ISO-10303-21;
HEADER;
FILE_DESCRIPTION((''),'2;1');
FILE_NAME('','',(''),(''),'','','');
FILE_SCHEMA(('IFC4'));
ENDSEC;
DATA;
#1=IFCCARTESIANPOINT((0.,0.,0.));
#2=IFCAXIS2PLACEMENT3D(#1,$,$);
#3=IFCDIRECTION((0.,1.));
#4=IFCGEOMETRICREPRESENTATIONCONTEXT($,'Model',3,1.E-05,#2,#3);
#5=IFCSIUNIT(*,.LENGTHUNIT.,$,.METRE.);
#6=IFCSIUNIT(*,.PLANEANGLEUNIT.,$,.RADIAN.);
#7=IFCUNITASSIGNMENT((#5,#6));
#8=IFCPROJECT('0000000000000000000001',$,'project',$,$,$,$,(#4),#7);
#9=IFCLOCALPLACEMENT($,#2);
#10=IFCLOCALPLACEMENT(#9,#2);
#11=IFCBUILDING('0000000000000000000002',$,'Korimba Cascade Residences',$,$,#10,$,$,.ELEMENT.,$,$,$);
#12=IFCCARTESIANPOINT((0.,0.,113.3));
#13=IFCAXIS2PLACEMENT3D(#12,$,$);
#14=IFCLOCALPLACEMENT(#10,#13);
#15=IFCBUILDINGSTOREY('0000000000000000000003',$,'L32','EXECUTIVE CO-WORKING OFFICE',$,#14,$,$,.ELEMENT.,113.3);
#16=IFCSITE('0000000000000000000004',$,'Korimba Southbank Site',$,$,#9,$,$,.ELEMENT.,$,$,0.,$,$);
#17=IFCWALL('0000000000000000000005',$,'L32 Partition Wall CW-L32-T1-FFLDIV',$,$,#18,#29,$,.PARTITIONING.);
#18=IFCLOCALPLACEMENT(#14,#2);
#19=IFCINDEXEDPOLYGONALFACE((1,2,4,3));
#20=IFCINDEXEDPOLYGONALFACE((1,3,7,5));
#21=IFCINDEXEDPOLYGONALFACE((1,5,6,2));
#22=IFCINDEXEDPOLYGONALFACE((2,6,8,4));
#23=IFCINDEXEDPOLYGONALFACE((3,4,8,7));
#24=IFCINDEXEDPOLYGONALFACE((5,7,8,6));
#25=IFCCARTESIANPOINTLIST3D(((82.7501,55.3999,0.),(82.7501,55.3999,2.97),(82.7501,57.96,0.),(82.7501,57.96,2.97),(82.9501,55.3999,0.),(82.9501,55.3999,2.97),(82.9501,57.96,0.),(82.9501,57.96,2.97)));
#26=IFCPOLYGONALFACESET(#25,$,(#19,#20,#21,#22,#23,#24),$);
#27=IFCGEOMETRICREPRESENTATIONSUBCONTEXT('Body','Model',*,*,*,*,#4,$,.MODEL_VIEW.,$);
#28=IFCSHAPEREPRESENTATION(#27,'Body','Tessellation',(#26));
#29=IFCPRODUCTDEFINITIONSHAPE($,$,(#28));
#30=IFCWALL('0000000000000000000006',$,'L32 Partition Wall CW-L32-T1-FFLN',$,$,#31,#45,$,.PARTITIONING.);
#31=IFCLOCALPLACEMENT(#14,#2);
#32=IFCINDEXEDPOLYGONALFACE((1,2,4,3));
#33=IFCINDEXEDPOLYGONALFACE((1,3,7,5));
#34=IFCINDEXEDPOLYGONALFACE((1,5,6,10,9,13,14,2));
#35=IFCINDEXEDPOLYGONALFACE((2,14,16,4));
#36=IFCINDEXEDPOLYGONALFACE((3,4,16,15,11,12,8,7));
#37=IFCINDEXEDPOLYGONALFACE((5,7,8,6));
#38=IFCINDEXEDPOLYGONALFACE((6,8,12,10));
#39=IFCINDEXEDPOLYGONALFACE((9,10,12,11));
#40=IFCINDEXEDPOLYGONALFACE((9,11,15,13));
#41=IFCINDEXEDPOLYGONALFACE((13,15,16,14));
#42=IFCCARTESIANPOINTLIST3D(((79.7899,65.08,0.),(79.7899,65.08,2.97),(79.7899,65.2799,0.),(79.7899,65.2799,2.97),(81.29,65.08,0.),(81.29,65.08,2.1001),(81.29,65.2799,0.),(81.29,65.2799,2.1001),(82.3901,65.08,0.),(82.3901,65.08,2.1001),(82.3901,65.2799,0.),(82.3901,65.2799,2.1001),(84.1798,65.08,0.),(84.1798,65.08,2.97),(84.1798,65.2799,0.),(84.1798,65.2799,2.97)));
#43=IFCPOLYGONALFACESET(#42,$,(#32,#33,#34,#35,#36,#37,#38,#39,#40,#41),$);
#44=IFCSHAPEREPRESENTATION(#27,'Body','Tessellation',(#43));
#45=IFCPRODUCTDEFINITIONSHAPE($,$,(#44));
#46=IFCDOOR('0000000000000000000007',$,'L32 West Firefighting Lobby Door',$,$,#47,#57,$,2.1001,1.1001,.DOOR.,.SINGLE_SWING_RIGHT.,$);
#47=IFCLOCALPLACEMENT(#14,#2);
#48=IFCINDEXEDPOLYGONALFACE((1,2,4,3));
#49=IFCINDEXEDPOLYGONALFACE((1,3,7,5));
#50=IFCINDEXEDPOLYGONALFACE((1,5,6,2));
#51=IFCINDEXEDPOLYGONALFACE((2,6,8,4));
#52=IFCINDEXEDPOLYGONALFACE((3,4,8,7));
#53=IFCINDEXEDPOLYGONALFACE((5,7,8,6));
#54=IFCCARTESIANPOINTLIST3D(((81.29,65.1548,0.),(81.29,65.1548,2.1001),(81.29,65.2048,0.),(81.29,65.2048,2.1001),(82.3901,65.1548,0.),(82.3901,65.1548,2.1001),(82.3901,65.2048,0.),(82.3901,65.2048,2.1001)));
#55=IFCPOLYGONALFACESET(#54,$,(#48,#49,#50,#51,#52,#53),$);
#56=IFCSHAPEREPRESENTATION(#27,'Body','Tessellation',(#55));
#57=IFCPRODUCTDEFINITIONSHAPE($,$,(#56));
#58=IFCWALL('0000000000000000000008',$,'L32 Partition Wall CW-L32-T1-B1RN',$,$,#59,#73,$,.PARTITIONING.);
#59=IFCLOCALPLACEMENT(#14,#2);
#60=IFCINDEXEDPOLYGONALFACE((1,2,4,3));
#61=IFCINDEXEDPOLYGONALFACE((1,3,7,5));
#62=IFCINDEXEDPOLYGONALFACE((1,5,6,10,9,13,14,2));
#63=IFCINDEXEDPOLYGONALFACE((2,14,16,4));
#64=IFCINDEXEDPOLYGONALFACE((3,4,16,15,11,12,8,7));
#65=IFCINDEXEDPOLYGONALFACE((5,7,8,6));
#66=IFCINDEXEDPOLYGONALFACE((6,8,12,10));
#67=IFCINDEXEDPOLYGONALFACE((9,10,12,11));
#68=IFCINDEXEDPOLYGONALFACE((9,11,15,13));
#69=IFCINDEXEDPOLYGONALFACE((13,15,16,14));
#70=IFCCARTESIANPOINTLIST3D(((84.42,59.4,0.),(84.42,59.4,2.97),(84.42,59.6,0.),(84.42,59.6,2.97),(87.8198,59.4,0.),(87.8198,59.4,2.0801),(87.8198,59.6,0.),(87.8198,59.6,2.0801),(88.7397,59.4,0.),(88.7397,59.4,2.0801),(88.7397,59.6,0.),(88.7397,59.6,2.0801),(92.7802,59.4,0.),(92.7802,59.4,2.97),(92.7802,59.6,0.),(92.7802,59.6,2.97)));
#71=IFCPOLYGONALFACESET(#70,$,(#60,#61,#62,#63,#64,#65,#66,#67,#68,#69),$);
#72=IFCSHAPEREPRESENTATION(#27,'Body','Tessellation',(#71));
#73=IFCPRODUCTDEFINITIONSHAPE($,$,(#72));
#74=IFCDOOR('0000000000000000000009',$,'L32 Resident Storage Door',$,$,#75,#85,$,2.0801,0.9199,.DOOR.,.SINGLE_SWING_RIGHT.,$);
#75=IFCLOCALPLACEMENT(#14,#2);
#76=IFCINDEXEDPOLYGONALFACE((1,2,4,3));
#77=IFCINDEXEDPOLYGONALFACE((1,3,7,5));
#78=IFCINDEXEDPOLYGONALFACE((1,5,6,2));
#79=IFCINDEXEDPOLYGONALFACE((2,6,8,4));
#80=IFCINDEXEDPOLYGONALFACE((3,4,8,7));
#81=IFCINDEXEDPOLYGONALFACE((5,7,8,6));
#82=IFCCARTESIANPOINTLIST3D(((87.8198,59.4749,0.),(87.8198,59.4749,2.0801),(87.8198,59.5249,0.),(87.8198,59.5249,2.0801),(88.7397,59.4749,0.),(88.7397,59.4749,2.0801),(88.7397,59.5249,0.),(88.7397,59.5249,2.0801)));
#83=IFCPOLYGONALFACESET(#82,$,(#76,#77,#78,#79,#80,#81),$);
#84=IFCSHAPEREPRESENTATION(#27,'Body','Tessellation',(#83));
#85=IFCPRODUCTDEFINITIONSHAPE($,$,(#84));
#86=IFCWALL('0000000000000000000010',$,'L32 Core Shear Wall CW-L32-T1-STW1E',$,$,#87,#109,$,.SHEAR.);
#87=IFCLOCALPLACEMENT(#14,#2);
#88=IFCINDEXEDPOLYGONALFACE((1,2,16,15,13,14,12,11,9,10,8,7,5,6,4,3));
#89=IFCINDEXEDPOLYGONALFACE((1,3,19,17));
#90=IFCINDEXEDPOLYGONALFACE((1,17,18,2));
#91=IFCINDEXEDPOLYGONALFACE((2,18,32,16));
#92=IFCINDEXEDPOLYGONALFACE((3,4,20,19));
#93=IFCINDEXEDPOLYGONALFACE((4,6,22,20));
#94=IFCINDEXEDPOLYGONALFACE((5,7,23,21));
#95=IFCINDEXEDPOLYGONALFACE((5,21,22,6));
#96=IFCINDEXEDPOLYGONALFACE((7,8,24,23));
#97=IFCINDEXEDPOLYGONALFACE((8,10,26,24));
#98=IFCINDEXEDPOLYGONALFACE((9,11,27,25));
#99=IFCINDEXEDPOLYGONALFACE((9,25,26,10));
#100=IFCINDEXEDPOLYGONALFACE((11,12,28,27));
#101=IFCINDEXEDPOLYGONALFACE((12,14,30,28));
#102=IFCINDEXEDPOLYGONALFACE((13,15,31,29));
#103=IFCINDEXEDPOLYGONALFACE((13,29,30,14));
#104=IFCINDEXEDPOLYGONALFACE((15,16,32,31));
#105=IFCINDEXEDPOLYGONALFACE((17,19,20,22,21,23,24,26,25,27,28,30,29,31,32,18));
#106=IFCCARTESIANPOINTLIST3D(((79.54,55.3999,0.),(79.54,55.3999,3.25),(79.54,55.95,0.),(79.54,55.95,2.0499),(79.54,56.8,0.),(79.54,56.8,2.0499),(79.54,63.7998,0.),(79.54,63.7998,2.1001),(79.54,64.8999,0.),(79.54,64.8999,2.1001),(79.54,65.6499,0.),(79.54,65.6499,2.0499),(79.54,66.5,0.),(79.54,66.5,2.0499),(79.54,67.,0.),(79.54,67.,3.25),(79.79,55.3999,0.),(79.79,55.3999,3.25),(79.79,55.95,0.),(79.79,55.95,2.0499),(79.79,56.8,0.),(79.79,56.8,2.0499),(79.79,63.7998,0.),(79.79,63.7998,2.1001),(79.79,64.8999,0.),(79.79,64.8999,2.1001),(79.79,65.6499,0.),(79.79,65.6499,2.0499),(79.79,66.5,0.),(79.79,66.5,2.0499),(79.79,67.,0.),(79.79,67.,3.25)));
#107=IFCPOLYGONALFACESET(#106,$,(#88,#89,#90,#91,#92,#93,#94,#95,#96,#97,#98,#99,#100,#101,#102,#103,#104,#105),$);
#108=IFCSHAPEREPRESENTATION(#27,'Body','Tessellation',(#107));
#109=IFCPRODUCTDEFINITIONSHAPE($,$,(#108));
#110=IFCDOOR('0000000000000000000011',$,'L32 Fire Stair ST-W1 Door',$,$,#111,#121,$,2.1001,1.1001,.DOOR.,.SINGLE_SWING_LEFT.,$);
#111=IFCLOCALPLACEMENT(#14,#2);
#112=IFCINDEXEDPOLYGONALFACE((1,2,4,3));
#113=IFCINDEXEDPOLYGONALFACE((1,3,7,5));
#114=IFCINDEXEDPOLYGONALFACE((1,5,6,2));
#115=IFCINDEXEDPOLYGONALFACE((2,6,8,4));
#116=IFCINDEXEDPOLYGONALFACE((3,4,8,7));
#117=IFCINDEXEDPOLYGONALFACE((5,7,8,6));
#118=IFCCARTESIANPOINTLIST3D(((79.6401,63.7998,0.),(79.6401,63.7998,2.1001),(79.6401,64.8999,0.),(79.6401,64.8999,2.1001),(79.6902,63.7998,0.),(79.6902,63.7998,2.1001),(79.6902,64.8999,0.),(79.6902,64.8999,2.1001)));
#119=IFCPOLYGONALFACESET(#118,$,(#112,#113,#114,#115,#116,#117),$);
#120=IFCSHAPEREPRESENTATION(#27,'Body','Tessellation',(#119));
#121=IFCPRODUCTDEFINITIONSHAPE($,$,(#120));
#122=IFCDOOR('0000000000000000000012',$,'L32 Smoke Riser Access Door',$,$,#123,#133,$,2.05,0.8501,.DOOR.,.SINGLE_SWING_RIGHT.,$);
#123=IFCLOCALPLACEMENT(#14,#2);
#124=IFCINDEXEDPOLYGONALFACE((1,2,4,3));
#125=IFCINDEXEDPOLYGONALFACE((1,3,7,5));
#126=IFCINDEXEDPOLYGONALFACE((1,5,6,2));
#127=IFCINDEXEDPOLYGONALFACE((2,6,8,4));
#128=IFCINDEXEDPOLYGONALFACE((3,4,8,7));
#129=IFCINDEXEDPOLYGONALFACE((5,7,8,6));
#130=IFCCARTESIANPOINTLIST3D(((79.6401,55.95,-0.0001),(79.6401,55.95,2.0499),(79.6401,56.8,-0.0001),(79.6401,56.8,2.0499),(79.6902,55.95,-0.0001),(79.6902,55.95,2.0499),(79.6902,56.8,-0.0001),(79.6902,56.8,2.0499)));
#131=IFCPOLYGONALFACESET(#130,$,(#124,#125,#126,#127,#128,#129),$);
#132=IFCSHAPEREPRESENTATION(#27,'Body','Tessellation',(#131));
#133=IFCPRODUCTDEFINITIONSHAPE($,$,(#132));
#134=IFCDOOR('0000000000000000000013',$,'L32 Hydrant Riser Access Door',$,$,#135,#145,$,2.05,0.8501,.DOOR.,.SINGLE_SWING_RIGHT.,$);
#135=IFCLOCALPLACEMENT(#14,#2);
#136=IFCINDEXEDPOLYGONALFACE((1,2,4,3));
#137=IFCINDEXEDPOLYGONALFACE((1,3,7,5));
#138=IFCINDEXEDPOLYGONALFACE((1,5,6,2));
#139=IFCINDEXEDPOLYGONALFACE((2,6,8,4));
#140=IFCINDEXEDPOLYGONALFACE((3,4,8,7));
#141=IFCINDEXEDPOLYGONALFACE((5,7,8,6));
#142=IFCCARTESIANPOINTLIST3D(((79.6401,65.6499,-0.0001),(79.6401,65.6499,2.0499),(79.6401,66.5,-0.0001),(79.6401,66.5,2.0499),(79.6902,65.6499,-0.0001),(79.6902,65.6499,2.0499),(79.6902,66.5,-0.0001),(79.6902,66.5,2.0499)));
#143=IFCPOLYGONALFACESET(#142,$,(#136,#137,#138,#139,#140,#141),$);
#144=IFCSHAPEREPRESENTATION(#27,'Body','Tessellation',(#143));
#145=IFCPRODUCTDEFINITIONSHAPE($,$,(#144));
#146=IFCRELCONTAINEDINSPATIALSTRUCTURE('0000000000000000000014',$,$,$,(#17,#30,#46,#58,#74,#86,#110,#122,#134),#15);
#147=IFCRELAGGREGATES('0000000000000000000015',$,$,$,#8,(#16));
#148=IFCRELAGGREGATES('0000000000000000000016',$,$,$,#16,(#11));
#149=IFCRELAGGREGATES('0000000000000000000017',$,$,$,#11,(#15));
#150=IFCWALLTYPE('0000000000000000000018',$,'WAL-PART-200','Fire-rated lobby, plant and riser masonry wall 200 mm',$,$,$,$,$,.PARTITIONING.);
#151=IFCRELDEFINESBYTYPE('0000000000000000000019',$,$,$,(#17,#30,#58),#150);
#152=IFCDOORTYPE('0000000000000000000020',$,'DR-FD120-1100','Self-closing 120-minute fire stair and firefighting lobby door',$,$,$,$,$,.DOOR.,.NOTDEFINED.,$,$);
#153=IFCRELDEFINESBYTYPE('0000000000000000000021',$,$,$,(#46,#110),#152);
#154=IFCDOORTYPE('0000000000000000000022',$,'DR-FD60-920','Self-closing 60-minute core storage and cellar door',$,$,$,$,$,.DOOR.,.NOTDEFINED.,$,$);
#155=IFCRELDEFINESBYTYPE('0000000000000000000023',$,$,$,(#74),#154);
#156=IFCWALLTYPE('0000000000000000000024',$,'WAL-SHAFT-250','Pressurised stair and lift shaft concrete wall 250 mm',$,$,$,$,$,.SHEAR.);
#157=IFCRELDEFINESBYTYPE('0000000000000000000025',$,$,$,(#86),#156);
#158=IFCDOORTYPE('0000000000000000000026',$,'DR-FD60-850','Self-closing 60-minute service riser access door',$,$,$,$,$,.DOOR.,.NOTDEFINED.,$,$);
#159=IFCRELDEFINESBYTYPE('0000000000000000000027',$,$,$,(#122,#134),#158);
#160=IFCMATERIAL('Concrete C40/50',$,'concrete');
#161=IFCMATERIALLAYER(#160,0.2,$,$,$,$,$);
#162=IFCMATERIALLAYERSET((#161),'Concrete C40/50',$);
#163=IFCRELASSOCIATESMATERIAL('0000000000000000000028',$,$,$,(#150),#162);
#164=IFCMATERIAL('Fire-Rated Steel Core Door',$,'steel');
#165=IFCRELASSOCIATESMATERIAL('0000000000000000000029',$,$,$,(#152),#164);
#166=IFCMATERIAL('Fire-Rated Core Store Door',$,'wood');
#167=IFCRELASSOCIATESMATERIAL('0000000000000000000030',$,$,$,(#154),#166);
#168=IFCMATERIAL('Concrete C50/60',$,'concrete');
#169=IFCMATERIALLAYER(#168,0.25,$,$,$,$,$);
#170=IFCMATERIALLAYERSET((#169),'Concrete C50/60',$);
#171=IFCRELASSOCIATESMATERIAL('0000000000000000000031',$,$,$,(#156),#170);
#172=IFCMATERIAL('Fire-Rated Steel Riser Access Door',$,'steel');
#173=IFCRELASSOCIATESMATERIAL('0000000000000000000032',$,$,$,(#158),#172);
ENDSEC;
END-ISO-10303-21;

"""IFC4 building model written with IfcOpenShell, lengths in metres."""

from ifc_helpers import new_model, si_unit, direction, frame, frame_2d, origin, place, context, subcontext, project, spatial, rectangle, extrude, material, layer, layer_set, type_object, element, fill, save


model = new_model("IFC4")

# Units and contexts
model_context = context("Model", 3, precision=1e-05, world=origin(), true_north=direction((0.0, 1.0)))
body_context = subcontext(model_context, "Body", "Model", "MODEL_VIEW")
ifc_project = project(units=[si_unit("LENGTHUNIT", "METRE"), si_unit("PLANEANGLEUNIT", "RADIAN")], contexts=[model_context])

# Site, building, storey
site_placement = place(None, origin())
site = spatial("IfcSite", under=ifc_project, at=site_placement, Name="Korimba Southbank Site", CompositionType="ELEMENT", RefElevation=0.0)
building_placement = place(site_placement, origin())
building = spatial("IfcBuilding", under=site, at=building_placement, Name="Korimba Cascade Residences", CompositionType="ELEMENT")
storey_placement = place(building_placement, frame((0.0, 0.0, 113.3)))
storey = spatial("IfcBuildingStorey", under=building, at=storey_placement, Name="L32", Description="EXECUTIVE CO-WORKING OFFICE", CompositionType="ELEMENT", Elevation=113.3)

# Wall
ifc_material_1 = material(Name="Concrete C40/50", Category="concrete")
ifc_layer_1 = layer(ifc_material_1, 0.2)
ifc_layer_set_1 = layer_set([ifc_layer_1], Name="Concrete C40/50")
wall_type_1 = type_object("IfcWallType", Name="WAL-PART-200", Description="Fire-rated lobby, plant and riser masonry wall 200 mm", PredefinedType="PARTITIONING", material=ifc_layer_set_1)
wall_1_placement = place(storey_placement, frame((82.8501, 55.3999, 0.0), z_axis=(0.0, 0.0, 1.0), x_axis=(0.0, 1.0, 0.0)))
element("IfcWall", 1, at=wall_1_placement, inside=storey, type_object=wall_type_1, Name="L32 Partition Wall CW-L32-T1-FFLDIV", PredefinedType="PARTITIONING", context=body_context, shape_type="SweptSolid", body=[
    extrude(rectangle(XDim=2.5601, YDim=0.2, at=frame_2d((1.28, 0.0))), origin(), (0.0, 0.0, 1.0), 2.97),
])

# Walls, openings, doors
wall_2_placement = place(storey_placement, frame((79.79, 65.1799, 0.0), z_axis=(0.0, 0.0, 1.0), x_axis=(1.0, 0.0, 0.0)))
wall_2 = element("IfcWall", 2, at=wall_2_placement, inside=storey, type_object=wall_type_1, Name="L32 Partition Wall CW-L32-T1-FFLN", PredefinedType="PARTITIONING", context=body_context, shape_type="SweptSolid", body=[
    extrude(rectangle(XDim=4.3899, YDim=0.2, at=frame_2d((2.1948, 0.0))), origin(), (0.0, 0.0, 1.0), 2.97),
])
opening_1_placement = place(wall_2_placement, frame((1.5, 0.0, 0.0)))
opening_1 = element("IfcOpeningElement", 3, at=opening_1_placement, cuts=wall_2, PredefinedType="OPENING", context=body_context, shape_type="SweptSolid", body=[
    extrude(rectangle(XDim=1.1001, YDim=2.1001, at=frame_2d((0.55, 1.05))), frame((0.0, 0.1099, 0.0), z_axis=(0.0, -1.0, 0.0), x_axis=(1.0, 0.0, 0.0)), (0.0, 0.0, 1.0), 0.22),
])
ifc_material_2 = material(Name="Fire-Rated Steel Core Door", Category="steel")
door_type_1 = type_object("IfcDoorType", Name="DR-FD120-1100", Description="Self-closing 120-minute fire stair and firefighting lobby door", OperationType="NOTDEFINED", PredefinedType="DOOR", material=ifc_material_2)
door_1_placement = place(opening_1_placement, origin())
door_1 = element("IfcDoor", 4, at=door_1_placement, inside=storey, type_object=door_type_1, Name="L32 West Firefighting Lobby Door", OperationType="SINGLE_SWING_RIGHT", OverallHeight=2.1001, OverallWidth=1.1001, PredefinedType="DOOR", context=body_context, shape_type="SweptSolid", body=[
    extrude(rectangle(XDim=1.1001, YDim=2.1001, at=frame_2d((0.55, 1.05))), frame((0.0, 0.0249, 0.0), z_axis=(0.0, -1.0, 0.0), x_axis=(1.0, 0.0, 0.0)), (0.0, 0.0, 1.0), 0.05),
])
fill(opening_1, door_1)
wall_3_placement = place(storey_placement, frame((84.4199, 59.5, 0.0), z_axis=(0.0, 0.0, 1.0), x_axis=(1.0, 0.0, 0.0)))
wall_3 = element("IfcWall", 5, at=wall_3_placement, inside=storey, type_object=wall_type_1, Name="L32 Partition Wall CW-L32-T1-B1RN", PredefinedType="PARTITIONING", context=body_context, shape_type="SweptSolid", body=[
    extrude(rectangle(XDim=8.3601, YDim=0.2, at=frame_2d((4.1802, 0.0))), origin(), (0.0, 0.0, 1.0), 2.97),
])
opening_2_placement = place(wall_3_placement, frame((3.3999, 0.0, 0.0)))
opening_2 = element("IfcOpeningElement", 6, at=opening_2_placement, cuts=wall_3, PredefinedType="OPENING", context=body_context, shape_type="SweptSolid", body=[
    extrude(rectangle(XDim=0.9199, YDim=2.0801, at=frame_2d((0.46, 1.04))), frame((0.0, 0.1099, 0.0), z_axis=(0.0, -1.0, 0.0), x_axis=(1.0, 0.0, 0.0)), (0.0, 0.0, 1.0), 0.22),
])
ifc_material_3 = material(Name="Fire-Rated Core Store Door", Category="wood")
door_type_2 = type_object("IfcDoorType", Name="DR-FD60-920", Description="Self-closing 60-minute core storage and cellar door", OperationType="NOTDEFINED", PredefinedType="DOOR", material=ifc_material_3)
door_2_placement = place(opening_2_placement, origin())
door_2 = element("IfcDoor", 7, at=door_2_placement, inside=storey, type_object=door_type_2, Name="L32 Resident Storage Door", OperationType="SINGLE_SWING_RIGHT", OverallHeight=2.0801, OverallWidth=0.9199, PredefinedType="DOOR", context=body_context, shape_type="SweptSolid", body=[
    extrude(rectangle(XDim=0.9199, YDim=2.0801, at=frame_2d((0.46, 1.04))), frame((0.0, 0.0249, 0.0), z_axis=(0.0, -1.0, 0.0), x_axis=(1.0, 0.0, 0.0)), (0.0, 0.0, 1.0), 0.05),
])
fill(opening_2, door_2)

# Wall, openings, doors
ifc_material_4 = material(Name="Concrete C50/60", Category="concrete")
ifc_layer_2 = layer(ifc_material_4, 0.25)
ifc_layer_set_2 = layer_set([ifc_layer_2], Name="Concrete C50/60")
wall_type_2 = type_object("IfcWallType", Name="WAL-SHAFT-250", Description="Pressurised stair and lift shaft concrete wall 250 mm", PredefinedType="SHEAR", material=ifc_layer_set_2)
wall_4_placement = place(storey_placement, frame((79.665, 55.3999, 0.0), z_axis=(0.0, 0.0, 1.0), x_axis=(0.0, 1.0, 0.0)))
wall_4 = element("IfcWall", 8, at=wall_4_placement, inside=storey, type_object=wall_type_2, Name="L32 Core Shear Wall CW-L32-T1-STW1E", PredefinedType="SHEAR", context=body_context, shape_type="SweptSolid", body=[
    extrude(rectangle(XDim=11.6001, YDim=0.25, at=frame_2d((5.8, 0.0))), origin(), (0.0, 0.0, 1.0), 3.25),
])
opening_3_placement = place(wall_4_placement, frame((0.55, 0.0, 0.0)))
opening_3 = element("IfcOpeningElement", 9, at=opening_3_placement, cuts=wall_4, PredefinedType="OPENING", context=body_context, shape_type="SweptSolid", body=[
    extrude(rectangle(XDim=0.8501, YDim=2.05, at=frame_2d((0.425, 1.0249))), frame((0.0, 0.135, 0.0), z_axis=(0.0, -1.0, 0.0), x_axis=(1.0, 0.0, 0.0)), (0.0, 0.0, 1.0), 0.27),
])
opening_4_placement = place(wall_4_placement, frame((8.3999, 0.0, 0.0)))
opening_4 = element("IfcOpeningElement", 10, at=opening_4_placement, cuts=wall_4, PredefinedType="OPENING", context=body_context, shape_type="SweptSolid", body=[
    extrude(rectangle(XDim=1.1001, YDim=2.1001, at=frame_2d((0.55, 1.05))), frame((0.0, 0.135, 0.0), z_axis=(0.0, -1.0, 0.0), x_axis=(1.0, 0.0, 0.0)), (0.0, 0.0, 1.0), 0.27),
])
opening_5_placement = place(wall_4_placement, frame((10.25, 0.0, 0.0)))
opening_5 = element("IfcOpeningElement", 11, at=opening_5_placement, cuts=wall_4, PredefinedType="OPENING", context=body_context, shape_type="SweptSolid", body=[
    extrude(rectangle(XDim=0.8501, YDim=2.05, at=frame_2d((0.425, 1.0249))), frame((0.0, 0.135, 0.0), z_axis=(0.0, -1.0, 0.0), x_axis=(1.0, 0.0, 0.0)), (0.0, 0.0, 1.0), 0.27),
])
door_3_placement = place(opening_4_placement, origin())
door_3 = element("IfcDoor", 12, at=door_3_placement, inside=storey, type_object=door_type_1, Name="L32 Fire Stair ST-W1 Door", OperationType="SINGLE_SWING_LEFT", OverallHeight=2.1001, OverallWidth=1.1001, PredefinedType="DOOR", context=body_context, shape_type="SweptSolid", body=[
    extrude(rectangle(XDim=1.1001, YDim=2.1001, at=frame_2d((0.55, 1.05))), frame((0.0, 0.0249, 0.0), z_axis=(0.0, -1.0, 0.0), x_axis=(1.0, 0.0, 0.0)), (0.0, 0.0, 1.0), 0.05),
])
fill(opening_4, door_3)
ifc_material_5 = material(Name="Fire-Rated Steel Riser Access Door", Category="steel")
door_type_3 = type_object("IfcDoorType", Name="DR-FD60-850", Description="Self-closing 60-minute service riser access door", OperationType="NOTDEFINED", PredefinedType="DOOR", material=ifc_material_5)
door_4_placement = place(opening_3_placement, origin())
door_4 = element("IfcDoor", 13, at=door_4_placement, inside=storey, type_object=door_type_3, Name="L32 Smoke Riser Access Door", OperationType="SINGLE_SWING_RIGHT", OverallHeight=2.05, OverallWidth=0.8501, PredefinedType="DOOR", context=body_context, shape_type="SweptSolid", body=[
    extrude(rectangle(XDim=0.8501, YDim=2.05, at=frame_2d((0.425, 1.0249))), frame((0.0, 0.0249, 0.0), z_axis=(0.0, -1.0, 0.0), x_axis=(1.0, 0.0, 0.0)), (0.0, 0.0, 1.0), 0.05),
])
fill(opening_3, door_4)
door_5_placement = place(opening_5_placement, origin())
door_5 = element("IfcDoor", 14, at=door_5_placement, inside=storey, type_object=door_type_3, Name="L32 Hydrant Riser Access Door", OperationType="SINGLE_SWING_RIGHT", OverallHeight=2.05, OverallWidth=0.8501, PredefinedType="DOOR", context=body_context, shape_type="SweptSolid", body=[
    extrude(rectangle(XDim=0.8501, YDim=2.05, at=frame_2d((0.425, 1.0249))), frame((0.0, 0.0249, 0.0), z_axis=(0.0, -1.0, 0.0), x_axis=(1.0, 0.0, 0.0)), (0.0, 0.0, 1.0), 0.05),
])
fill(opening_5, door_5)

save(model, "model.ifc")
